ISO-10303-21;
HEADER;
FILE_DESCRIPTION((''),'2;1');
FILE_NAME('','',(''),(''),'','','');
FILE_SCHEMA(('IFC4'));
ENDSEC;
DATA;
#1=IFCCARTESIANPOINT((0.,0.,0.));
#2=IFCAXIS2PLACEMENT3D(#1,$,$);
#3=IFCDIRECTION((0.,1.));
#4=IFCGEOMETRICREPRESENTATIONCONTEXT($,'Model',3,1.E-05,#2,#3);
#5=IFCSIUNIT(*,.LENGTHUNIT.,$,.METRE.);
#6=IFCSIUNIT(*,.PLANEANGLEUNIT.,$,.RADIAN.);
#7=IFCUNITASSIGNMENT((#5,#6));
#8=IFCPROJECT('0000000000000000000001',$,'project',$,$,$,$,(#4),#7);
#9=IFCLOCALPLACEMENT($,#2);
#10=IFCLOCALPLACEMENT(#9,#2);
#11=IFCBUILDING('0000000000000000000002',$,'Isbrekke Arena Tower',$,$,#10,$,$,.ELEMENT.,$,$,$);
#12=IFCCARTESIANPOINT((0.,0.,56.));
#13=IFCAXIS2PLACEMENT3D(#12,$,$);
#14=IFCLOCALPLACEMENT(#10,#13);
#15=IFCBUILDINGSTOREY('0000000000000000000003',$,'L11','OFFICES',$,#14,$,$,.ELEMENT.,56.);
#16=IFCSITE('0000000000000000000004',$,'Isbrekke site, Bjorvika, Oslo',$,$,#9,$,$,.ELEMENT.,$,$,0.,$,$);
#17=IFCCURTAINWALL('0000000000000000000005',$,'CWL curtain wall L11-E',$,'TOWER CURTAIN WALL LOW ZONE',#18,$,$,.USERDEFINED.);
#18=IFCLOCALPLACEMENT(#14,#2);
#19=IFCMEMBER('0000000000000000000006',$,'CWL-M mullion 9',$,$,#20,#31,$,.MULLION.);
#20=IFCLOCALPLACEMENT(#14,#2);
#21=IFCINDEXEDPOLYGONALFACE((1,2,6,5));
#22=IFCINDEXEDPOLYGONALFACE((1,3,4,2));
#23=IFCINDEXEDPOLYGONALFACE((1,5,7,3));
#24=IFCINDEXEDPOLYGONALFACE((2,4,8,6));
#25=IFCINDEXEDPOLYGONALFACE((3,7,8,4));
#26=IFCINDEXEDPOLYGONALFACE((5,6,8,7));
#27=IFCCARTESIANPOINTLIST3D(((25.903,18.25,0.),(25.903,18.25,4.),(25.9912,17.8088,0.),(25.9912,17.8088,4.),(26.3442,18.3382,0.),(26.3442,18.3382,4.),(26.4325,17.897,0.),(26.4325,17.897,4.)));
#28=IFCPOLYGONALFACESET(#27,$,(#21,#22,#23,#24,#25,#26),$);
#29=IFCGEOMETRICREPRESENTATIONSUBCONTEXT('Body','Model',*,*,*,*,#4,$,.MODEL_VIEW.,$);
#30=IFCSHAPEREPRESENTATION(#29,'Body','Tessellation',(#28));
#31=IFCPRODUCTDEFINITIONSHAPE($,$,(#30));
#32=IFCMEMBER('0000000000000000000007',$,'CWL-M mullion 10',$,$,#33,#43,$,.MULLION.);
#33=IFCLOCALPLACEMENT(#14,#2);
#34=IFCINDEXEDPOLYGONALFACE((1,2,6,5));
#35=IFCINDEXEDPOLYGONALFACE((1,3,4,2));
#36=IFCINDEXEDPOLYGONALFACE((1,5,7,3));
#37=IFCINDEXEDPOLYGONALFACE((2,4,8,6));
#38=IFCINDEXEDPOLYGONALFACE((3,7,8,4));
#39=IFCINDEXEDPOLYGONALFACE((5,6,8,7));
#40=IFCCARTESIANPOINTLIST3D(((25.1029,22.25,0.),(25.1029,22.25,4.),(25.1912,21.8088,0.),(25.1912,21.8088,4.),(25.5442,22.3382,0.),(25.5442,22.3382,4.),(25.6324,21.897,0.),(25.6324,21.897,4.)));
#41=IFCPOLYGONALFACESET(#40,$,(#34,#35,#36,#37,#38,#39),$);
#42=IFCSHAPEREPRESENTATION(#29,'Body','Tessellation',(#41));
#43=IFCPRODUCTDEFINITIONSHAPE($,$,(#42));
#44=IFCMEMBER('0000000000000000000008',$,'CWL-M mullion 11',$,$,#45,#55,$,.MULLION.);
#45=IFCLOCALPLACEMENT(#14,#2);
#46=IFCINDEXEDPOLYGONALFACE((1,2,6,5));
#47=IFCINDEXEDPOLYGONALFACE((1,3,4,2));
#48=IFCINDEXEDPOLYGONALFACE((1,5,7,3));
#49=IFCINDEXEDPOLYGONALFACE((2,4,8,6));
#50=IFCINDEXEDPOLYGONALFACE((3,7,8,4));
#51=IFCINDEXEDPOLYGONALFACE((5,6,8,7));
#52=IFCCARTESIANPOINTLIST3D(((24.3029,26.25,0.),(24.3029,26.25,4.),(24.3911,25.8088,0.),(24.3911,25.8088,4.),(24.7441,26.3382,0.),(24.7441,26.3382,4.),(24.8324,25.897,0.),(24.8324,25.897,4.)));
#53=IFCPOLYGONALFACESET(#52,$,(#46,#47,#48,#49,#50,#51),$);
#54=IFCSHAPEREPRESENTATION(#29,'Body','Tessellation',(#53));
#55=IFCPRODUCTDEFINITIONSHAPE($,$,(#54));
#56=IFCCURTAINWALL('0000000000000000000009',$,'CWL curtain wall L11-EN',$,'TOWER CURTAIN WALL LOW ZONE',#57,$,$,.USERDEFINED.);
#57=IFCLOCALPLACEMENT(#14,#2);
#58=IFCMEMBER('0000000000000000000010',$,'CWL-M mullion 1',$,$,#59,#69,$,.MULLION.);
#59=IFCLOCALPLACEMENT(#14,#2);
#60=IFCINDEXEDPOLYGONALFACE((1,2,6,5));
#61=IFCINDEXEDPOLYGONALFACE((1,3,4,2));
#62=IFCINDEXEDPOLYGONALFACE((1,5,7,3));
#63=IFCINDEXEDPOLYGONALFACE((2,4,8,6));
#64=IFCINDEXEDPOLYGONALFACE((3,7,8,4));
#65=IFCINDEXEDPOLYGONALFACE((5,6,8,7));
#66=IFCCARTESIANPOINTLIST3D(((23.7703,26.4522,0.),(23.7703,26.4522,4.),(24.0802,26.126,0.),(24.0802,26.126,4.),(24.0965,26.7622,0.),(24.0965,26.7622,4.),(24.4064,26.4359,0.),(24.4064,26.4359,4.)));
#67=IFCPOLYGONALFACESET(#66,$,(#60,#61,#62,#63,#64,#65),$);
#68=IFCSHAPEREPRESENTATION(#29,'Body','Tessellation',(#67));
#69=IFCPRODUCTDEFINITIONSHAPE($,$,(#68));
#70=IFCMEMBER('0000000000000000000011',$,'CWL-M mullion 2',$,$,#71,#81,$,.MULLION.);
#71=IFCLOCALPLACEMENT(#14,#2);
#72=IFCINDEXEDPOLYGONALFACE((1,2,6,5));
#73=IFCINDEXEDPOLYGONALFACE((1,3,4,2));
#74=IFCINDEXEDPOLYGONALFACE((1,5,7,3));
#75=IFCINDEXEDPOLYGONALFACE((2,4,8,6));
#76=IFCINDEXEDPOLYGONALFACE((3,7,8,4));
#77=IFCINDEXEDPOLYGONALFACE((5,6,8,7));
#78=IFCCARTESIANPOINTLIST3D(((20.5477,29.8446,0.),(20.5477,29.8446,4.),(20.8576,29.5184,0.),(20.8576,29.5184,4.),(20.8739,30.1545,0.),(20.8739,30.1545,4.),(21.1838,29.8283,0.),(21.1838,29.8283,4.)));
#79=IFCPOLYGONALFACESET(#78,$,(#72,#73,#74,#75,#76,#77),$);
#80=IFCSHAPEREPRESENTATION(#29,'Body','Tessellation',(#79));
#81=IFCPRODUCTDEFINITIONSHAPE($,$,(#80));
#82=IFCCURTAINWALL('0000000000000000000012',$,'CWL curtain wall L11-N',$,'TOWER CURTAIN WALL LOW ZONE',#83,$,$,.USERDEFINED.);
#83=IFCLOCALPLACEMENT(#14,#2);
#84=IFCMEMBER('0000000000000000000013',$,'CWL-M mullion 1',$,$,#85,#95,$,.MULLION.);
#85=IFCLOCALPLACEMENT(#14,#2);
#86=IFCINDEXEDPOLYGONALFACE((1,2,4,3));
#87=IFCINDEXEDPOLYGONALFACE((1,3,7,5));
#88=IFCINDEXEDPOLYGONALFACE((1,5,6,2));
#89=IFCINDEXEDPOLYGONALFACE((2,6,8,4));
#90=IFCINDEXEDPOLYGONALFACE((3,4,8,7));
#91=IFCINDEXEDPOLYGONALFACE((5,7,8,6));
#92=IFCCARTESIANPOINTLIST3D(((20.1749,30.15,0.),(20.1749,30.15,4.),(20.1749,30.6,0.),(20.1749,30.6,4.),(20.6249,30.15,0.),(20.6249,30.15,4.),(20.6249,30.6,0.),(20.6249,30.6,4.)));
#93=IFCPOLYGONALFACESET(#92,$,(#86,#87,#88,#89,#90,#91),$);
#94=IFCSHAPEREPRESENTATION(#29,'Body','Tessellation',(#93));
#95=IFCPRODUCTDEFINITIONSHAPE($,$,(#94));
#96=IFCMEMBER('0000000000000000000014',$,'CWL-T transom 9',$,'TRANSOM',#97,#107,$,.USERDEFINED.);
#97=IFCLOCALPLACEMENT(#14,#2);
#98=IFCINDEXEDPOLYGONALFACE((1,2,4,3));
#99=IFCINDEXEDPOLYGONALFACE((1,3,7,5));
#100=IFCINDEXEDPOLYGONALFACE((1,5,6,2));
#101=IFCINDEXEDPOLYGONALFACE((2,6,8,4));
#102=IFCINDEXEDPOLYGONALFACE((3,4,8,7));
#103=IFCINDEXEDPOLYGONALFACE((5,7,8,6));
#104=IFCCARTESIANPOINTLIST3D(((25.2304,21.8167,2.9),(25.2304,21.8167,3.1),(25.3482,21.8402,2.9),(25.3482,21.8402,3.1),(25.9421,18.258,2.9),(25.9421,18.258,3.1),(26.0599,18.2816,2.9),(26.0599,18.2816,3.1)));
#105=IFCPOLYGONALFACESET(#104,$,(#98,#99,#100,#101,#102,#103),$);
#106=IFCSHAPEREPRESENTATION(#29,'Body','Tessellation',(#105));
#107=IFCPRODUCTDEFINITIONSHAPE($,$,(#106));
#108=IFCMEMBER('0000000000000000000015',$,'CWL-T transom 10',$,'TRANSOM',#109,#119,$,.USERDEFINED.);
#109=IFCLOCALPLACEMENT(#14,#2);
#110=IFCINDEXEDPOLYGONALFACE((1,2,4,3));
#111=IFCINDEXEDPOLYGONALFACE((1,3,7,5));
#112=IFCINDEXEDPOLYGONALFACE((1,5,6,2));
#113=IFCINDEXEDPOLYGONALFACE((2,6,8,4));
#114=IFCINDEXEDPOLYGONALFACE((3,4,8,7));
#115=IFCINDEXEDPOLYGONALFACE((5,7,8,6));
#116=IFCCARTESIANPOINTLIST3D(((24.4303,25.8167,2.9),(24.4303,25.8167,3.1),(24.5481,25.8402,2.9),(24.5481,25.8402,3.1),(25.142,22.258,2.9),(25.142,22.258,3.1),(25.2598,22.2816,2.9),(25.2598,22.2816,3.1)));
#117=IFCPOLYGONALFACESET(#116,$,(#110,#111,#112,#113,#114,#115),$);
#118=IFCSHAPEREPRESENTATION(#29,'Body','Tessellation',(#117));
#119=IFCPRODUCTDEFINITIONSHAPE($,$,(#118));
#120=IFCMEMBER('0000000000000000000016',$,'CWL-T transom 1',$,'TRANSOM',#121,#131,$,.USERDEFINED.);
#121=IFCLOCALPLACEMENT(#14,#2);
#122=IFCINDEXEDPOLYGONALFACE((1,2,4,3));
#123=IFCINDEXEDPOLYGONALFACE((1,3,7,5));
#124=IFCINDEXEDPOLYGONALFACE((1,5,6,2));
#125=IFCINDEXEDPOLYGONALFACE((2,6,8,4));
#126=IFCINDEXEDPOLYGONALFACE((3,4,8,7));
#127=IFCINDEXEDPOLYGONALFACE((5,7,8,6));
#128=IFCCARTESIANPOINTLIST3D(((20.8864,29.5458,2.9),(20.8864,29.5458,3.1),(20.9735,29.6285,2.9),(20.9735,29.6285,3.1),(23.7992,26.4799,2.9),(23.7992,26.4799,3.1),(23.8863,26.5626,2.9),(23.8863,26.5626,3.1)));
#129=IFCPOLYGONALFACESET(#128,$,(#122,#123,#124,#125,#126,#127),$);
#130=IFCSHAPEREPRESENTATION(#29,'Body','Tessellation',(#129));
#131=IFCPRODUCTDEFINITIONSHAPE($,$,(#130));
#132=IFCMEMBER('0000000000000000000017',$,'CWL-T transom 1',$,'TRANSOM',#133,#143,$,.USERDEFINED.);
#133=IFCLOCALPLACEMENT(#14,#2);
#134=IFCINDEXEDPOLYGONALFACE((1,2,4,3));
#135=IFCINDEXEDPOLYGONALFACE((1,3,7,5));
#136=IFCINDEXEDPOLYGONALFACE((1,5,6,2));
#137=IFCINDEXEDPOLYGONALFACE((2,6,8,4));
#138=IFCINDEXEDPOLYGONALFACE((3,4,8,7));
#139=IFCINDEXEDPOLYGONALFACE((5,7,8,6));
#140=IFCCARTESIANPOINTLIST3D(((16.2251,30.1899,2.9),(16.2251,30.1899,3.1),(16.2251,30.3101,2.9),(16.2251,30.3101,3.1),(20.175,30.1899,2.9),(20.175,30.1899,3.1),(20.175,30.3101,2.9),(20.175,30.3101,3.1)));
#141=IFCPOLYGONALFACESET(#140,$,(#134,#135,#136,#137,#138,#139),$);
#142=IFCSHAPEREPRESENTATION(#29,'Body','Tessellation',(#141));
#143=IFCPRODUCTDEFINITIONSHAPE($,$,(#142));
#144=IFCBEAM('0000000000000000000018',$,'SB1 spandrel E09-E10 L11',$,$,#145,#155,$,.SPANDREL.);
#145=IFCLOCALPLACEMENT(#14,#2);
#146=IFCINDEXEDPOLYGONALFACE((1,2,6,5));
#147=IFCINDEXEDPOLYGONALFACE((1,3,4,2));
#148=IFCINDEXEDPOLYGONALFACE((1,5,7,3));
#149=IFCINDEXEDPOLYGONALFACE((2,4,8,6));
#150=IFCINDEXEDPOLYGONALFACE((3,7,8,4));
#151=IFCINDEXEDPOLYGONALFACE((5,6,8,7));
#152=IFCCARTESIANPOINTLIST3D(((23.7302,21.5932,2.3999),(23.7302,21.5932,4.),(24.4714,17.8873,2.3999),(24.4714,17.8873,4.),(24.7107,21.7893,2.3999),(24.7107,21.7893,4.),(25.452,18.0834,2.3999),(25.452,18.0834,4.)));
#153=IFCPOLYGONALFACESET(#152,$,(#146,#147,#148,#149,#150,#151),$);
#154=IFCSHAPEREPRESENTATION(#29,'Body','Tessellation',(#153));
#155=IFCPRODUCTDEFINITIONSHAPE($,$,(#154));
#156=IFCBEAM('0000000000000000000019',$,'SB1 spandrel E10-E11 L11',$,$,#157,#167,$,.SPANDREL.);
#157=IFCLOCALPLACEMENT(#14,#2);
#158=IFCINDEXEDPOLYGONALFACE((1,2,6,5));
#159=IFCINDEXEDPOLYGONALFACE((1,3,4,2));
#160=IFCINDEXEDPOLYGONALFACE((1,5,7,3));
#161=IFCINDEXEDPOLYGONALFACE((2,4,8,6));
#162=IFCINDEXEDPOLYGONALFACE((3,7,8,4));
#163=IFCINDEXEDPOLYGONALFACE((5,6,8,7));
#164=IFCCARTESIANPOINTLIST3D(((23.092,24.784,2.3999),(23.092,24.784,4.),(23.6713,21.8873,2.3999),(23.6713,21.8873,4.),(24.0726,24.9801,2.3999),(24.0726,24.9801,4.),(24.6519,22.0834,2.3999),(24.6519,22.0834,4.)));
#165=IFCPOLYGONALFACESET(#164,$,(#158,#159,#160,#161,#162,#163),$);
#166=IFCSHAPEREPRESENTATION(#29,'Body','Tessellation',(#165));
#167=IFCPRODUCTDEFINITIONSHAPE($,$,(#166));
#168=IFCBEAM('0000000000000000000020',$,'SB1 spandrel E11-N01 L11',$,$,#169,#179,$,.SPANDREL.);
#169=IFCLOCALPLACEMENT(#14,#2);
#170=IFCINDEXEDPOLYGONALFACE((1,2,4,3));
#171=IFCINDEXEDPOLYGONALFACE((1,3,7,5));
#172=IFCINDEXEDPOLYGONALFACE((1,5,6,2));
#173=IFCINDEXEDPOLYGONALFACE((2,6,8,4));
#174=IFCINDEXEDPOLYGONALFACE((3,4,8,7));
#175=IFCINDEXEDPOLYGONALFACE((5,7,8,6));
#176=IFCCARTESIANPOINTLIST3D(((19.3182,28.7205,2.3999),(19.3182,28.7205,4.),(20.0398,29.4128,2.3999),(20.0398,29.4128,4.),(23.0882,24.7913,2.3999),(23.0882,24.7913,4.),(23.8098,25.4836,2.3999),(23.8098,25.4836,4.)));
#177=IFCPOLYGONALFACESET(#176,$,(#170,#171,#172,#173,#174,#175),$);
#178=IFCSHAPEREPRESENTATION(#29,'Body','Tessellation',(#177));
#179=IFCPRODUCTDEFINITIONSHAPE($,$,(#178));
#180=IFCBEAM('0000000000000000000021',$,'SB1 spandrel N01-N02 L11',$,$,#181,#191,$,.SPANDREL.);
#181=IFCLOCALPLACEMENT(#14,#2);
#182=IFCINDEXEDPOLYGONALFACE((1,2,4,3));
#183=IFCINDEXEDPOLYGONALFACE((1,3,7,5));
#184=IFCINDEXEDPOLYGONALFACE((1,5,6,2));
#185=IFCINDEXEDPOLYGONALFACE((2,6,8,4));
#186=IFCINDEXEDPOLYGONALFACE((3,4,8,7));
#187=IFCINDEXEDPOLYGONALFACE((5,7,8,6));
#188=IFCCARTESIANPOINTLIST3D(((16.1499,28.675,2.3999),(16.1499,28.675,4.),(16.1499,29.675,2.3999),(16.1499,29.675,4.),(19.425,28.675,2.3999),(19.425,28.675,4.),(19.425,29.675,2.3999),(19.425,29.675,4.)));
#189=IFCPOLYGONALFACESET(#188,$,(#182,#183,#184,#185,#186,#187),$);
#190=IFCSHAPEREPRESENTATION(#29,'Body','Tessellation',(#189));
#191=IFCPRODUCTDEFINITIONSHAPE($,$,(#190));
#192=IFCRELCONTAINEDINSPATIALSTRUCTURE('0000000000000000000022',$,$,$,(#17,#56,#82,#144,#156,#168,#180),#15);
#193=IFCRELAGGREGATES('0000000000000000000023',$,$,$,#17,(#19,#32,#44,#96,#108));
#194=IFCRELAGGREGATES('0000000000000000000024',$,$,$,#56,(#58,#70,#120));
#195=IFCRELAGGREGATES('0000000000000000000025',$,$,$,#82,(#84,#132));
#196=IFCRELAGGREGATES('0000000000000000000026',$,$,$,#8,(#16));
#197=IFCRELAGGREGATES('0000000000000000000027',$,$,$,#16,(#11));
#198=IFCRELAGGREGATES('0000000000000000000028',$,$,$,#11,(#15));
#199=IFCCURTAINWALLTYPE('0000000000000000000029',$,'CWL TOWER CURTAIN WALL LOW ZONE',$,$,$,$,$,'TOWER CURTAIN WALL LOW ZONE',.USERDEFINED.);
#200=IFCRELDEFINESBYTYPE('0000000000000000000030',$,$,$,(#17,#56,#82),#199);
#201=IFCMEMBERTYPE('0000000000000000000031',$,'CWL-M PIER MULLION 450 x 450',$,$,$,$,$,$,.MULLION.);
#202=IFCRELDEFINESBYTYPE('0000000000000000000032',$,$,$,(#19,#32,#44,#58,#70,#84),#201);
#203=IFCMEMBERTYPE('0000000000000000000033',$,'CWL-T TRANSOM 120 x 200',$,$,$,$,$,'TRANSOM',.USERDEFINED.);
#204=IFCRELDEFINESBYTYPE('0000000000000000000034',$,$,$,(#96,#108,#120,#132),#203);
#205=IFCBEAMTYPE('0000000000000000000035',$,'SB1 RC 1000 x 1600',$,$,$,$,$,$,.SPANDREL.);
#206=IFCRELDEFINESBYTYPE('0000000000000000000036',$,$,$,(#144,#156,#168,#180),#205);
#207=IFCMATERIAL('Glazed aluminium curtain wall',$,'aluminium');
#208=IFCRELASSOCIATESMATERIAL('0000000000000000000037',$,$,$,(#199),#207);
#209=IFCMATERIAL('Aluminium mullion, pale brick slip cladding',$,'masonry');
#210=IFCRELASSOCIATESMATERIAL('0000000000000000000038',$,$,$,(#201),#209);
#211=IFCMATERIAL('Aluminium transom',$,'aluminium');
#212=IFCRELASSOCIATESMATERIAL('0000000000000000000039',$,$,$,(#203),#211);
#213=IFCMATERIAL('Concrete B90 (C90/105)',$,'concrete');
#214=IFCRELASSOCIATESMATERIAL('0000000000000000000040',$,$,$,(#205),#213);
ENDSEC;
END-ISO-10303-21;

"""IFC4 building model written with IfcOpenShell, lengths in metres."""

from ifc_helpers import new_model, si_unit, direction, frame, origin, origin_2d, place, context, subcontext, project, spatial, rectangle, extrude, material, material_profile, profile_set, type_object, element, aggregate, save


model = new_model("IFC4")

# Units and contexts
model_context = context("Model", 3, precision=1e-05, world=origin(), true_north=direction((0.0, 1.0)))
body_context = subcontext(model_context, "Body", "Model", "MODEL_VIEW")
ifc_project = project(units=[si_unit("LENGTHUNIT", "METRE"), si_unit("PLANEANGLEUNIT", "RADIAN")], contexts=[model_context])

# Site, building, storey
site_placement = place(None, origin())
site = spatial("IfcSite", under=ifc_project, at=site_placement, Name="Isbrekke site, Bjorvika, Oslo", CompositionType="ELEMENT", RefElevation=0.0)
building_placement = place(site_placement, origin())
building = spatial("IfcBuilding", under=site, at=building_placement, Name="Isbrekke Arena Tower", CompositionType="ELEMENT")
storey_placement = place(building_placement, frame((0.0, 0.0, 56.0)))
storey = spatial("IfcBuildingStorey", under=building, at=storey_placement, Name="L11", Description="OFFICES", CompositionType="ELEMENT", Elevation=56.0)

# Curtain walls, members
ifc_material_1 = material(Name="Glazed aluminium curtain wall", Category="aluminium")
curtain_wall_type = type_object("IfcCurtainWallType", Name="CWL TOWER CURTAIN WALL LOW ZONE", ElementType="TOWER CURTAIN WALL LOW ZONE", PredefinedType="USERDEFINED", material=ifc_material_1)
curtain_wall_1_placement = place(storey_placement, origin())
curtain_wall_1 = element("IfcCurtainWall", 1, at=curtain_wall_1_placement, inside=storey, type_object=curtain_wall_type, Name="CWL curtain wall L11-E", ObjectType="TOWER CURTAIN WALL LOW ZONE", PredefinedType="USERDEFINED")
ifc_material_2 = material(Name="Aluminium mullion, pale brick slip cladding", Category="masonry")
ifc_material_profile_1 = material_profile(ifc_material_2, rectangle(XDim=0.45, YDim=0.45, at=origin_2d()), Name="PIER 450X450")
ifc_profile_set_1 = profile_set([ifc_material_profile_1], Name="Aluminium mullion, pale brick slip cladding")
member_type_1 = type_object("IfcMemberType", Name="CWL-M PIER MULLION 450 x 450", PredefinedType="MULLION", material=ifc_profile_set_1)
member_1_placement = place(storey_placement, frame((26.1677, 18.0735, 0.0), z_axis=(0.0, 0.0, 1.0), x_axis=(-0.196116, 0.980581, 0.0)))
member_1 = element("IfcMember", 2, at=member_1_placement, type_object=member_type_1, Name="CWL-M mullion 9", PredefinedType="MULLION", context=body_context, shape_type="SweptSolid", body=[
    extrude(rectangle(XDim=0.45, YDim=0.45, at=origin_2d()), origin(), (0.0, 0.0, 1.0), 4.0),
])
member_2_placement = place(storey_placement, frame((25.3677, 22.0735, 0.0), z_axis=(0.0, 0.0, 1.0), x_axis=(-0.196116, 0.980581, 0.0)))
member_2 = element("IfcMember", 3, at=member_2_placement, type_object=member_type_1, Name="CWL-M mullion 10", PredefinedType="MULLION", context=body_context, shape_type="SweptSolid", body=[
    extrude(rectangle(XDim=0.45, YDim=0.45, at=origin_2d()), origin(), (0.0, 0.0, 1.0), 4.0),
])
member_3_placement = place(storey_placement, frame((24.5676, 26.0735, 0.0), z_axis=(0.0, 0.0, 1.0), x_axis=(-0.196116, 0.980581, 0.0)))
member_3 = element("IfcMember", 4, at=member_3_placement, type_object=member_type_1, Name="CWL-M mullion 11", PredefinedType="MULLION", context=body_context, shape_type="SweptSolid", body=[
    extrude(rectangle(XDim=0.45, YDim=0.45, at=origin_2d()), origin(), (0.0, 0.0, 1.0), 4.0),
])
curtain_wall_2_placement = place(storey_placement, origin())
curtain_wall_2 = element("IfcCurtainWall", 5, at=curtain_wall_2_placement, inside=storey, type_object=curtain_wall_type, Name="CWL curtain wall L11-EN", ObjectType="TOWER CURTAIN WALL LOW ZONE", PredefinedType="USERDEFINED")
member_4_placement = place(storey_placement, frame((24.0884, 26.4441, 0.0), z_axis=(0.0, 0.0, 1.0), x_axis=(-0.688749, 0.724999, 0.0)))
member_4 = element("IfcMember", 6, at=member_4_placement, type_object=member_type_1, Name="CWL-M mullion 1", PredefinedType="MULLION", context=body_context, shape_type="SweptSolid", body=[
    extrude(rectangle(XDim=0.45, YDim=0.45, at=origin_2d()), origin(), (0.0, 0.0, 1.0), 4.0),
])
member_5_placement = place(storey_placement, frame((20.8657, 29.8364, 0.0), z_axis=(0.0, 0.0, 1.0), x_axis=(-0.688749, 0.724999, 0.0)))
member_5 = element("IfcMember", 7, at=member_5_placement, type_object=member_type_1, Name="CWL-M mullion 2", PredefinedType="MULLION", context=body_context, shape_type="SweptSolid", body=[
    extrude(rectangle(XDim=0.45, YDim=0.45, at=origin_2d()), origin(), (0.0, 0.0, 1.0), 4.0),
])

# Curtain wall, member
curtain_wall_3_placement = place(storey_placement, origin())
curtain_wall_3 = element("IfcCurtainWall", 8, at=curtain_wall_3_placement, inside=storey, type_object=curtain_wall_type, Name="CWL curtain wall L11-N", ObjectType="TOWER CURTAIN WALL LOW ZONE", PredefinedType="USERDEFINED")
member_6_placement = place(storey_placement, frame((20.3999, 30.375, 0.0), z_axis=(0.0, 0.0, 1.0), x_axis=(-1.0, 0.0, 0.0)))
member_6 = element("IfcMember", 9, at=member_6_placement, type_object=member_type_1, Name="CWL-M mullion 1", PredefinedType="MULLION", context=body_context, shape_type="SweptSolid", body=[
    extrude(rectangle(XDim=0.45, YDim=0.45, at=origin_2d()), origin(), (0.0, 0.0, 1.0), 4.0),
])

# Members
ifc_material_3 = material(Name="Aluminium transom", Category="aluminium")
ifc_material_profile_2 = material_profile(ifc_material_3, rectangle(XDim=0.1201, YDim=0.2, at=origin_2d()), Name="TRANSOM 120X200")
ifc_profile_set_2 = profile_set([ifc_material_profile_2], Name="Aluminium transom")
member_type_2 = type_object("IfcMemberType", Name="CWL-T TRANSOM 120 x 200", ElementType="TRANSOM", PredefinedType="USERDEFINED", material=ifc_profile_set_2)
member_7_placement = place(storey_placement, frame((26.001, 18.2698, 3.0), z_axis=(-0.196103, 0.980583, 0.0), x_axis=(-0.980583, -0.196103, 0.0)))
member_7 = element("IfcMember", 10, at=member_7_placement, type_object=member_type_2, Name="CWL-T transom 9", ObjectType="TRANSOM", PredefinedType="USERDEFINED", context=body_context, shape_type="SweptSolid", body=[
    extrude(rectangle(XDim=0.1201, YDim=0.2, at=origin_2d()), origin(), (0.0, 0.0, 1.0), 3.6292),
])
member_8_placement = place(storey_placement, frame((25.2009, 22.2698, 3.0), z_axis=(-0.196103, 0.980583, 0.0), x_axis=(-0.980583, -0.196103, 0.0)))
member_8 = element("IfcMember", 11, at=member_8_placement, type_object=member_type_2, Name="CWL-T transom 10", ObjectType="TRANSOM", PredefinedType="USERDEFINED", context=body_context, shape_type="SweptSolid", body=[
    extrude(rectangle(XDim=0.1201, YDim=0.2, at=origin_2d()), origin(), (0.0, 0.0, 1.0), 3.6292),
])
member_9_placement = place(storey_placement, frame((23.8428, 26.5212, 3.0), z_axis=(-0.688777, 0.724973, 0.0), x_axis=(-0.724973, -0.688777, 0.0)))
member_9 = element("IfcMember", 12, at=member_9_placement, type_object=member_type_2, Name="CWL-T transom 1", ObjectType="TRANSOM", PredefinedType="USERDEFINED", context=body_context, shape_type="SweptSolid", body=[
    extrude(rectangle(XDim=0.1201, YDim=0.2, at=origin_2d()), origin(), (0.0, 0.0, 1.0), 4.229),
])
member_10_placement = place(storey_placement, frame((20.175, 30.25, 3.0), z_axis=(-1.0, 0.0, 0.0), x_axis=(0.0, -1.0, 0.0)))
member_10 = element("IfcMember", 13, at=member_10_placement, type_object=member_type_2, Name="CWL-T transom 1", ObjectType="TRANSOM", PredefinedType="USERDEFINED", context=body_context, shape_type="SweptSolid", body=[
    extrude(rectangle(XDim=0.1201, YDim=0.2, at=origin_2d()), origin(), (0.0, 0.0, 1.0), 3.95),
])

# Beams
ifc_material_4 = material(Name="Concrete B90 (C90/105)", Category="concrete")
ifc_material_profile_3 = material_profile(ifc_material_4, rectangle(XDim=1.0, YDim=1.6001, at=origin_2d()), Name="RC 1000x1600")
ifc_profile_set_3 = profile_set([ifc_material_profile_3], Name="Concrete B90 (C90/105)")
beam_type_1 = type_object("IfcBeamType", Name="SB1 RC 1000 x 1600", PredefinedType="SPANDREL", material=ifc_profile_set_3)
beam_1_placement = place(storey_placement, frame((24.9617, 17.9854, 3.2), z_axis=(-0.196129, 0.980578, 0.0), x_axis=(-0.980578, -0.196129, 0.0)))
element("IfcBeam", 14, at=beam_1_placement, inside=storey, type_object=beam_type_1, Name="SB1 spandrel E09-E10 L11", PredefinedType="SPANDREL", context=body_context, shape_type="SweptSolid", body=[
    extrude(rectangle(XDim=1.0, YDim=1.6001, at=origin_2d()), origin(), (0.0, 0.0, 1.0), 3.7793),
])
beam_2_placement = place(storey_placement, frame((24.1616, 21.9854, 3.2), z_axis=(-0.196116, 0.980581, 0.0), x_axis=(-0.980581, -0.196116, 0.0)))
element("IfcBeam", 15, at=beam_2_placement, inside=storey, type_object=beam_type_1, Name="SB1 spandrel E10-E11 L11", PredefinedType="SPANDREL", context=body_context, shape_type="SweptSolid", body=[
    extrude(rectangle(XDim=1.0, YDim=1.6001, at=origin_2d()), origin(), (0.0, 0.0, 1.0), 2.9541),
])
beam_3_placement = place(storey_placement, frame((23.449, 25.1375, 3.2), z_axis=(-0.69234, 0.721572, 0.0), x_axis=(-0.721572, -0.69234, 0.0)))
element("IfcBeam", 16, at=beam_3_placement, inside=storey, type_object=beam_type_1, Name="SB1 spandrel E11-N01 L11", PredefinedType="SPANDREL", context=body_context, shape_type="SweptSolid", body=[
    extrude(rectangle(XDim=1.0, YDim=1.6001, at=origin_2d()), origin(), (0.0, 0.0, 1.0), 5.4453),
])
beam_4_placement = place(storey_placement, frame((19.425, 29.175, 3.2), z_axis=(-1.0, 0.0, 0.0), x_axis=(0.0, -1.0, 0.0)))
element("IfcBeam", 17, at=beam_4_placement, inside=storey, type_object=beam_type_1, Name="SB1 spandrel N01-N02 L11", PredefinedType="SPANDREL", context=body_context, shape_type="SweptSolid", body=[
    extrude(rectangle(XDim=1.0, YDim=1.6001, at=origin_2d()), origin(), (0.0, 0.0, 1.0), 3.2751),
])

aggregate(curtain_wall_1, [member_1, member_2, member_3, member_7, member_8])
aggregate(curtain_wall_2, [member_4, member_5, member_9])
aggregate(curtain_wall_3, [member_6, member_10])

save(model, "model.ifc")
